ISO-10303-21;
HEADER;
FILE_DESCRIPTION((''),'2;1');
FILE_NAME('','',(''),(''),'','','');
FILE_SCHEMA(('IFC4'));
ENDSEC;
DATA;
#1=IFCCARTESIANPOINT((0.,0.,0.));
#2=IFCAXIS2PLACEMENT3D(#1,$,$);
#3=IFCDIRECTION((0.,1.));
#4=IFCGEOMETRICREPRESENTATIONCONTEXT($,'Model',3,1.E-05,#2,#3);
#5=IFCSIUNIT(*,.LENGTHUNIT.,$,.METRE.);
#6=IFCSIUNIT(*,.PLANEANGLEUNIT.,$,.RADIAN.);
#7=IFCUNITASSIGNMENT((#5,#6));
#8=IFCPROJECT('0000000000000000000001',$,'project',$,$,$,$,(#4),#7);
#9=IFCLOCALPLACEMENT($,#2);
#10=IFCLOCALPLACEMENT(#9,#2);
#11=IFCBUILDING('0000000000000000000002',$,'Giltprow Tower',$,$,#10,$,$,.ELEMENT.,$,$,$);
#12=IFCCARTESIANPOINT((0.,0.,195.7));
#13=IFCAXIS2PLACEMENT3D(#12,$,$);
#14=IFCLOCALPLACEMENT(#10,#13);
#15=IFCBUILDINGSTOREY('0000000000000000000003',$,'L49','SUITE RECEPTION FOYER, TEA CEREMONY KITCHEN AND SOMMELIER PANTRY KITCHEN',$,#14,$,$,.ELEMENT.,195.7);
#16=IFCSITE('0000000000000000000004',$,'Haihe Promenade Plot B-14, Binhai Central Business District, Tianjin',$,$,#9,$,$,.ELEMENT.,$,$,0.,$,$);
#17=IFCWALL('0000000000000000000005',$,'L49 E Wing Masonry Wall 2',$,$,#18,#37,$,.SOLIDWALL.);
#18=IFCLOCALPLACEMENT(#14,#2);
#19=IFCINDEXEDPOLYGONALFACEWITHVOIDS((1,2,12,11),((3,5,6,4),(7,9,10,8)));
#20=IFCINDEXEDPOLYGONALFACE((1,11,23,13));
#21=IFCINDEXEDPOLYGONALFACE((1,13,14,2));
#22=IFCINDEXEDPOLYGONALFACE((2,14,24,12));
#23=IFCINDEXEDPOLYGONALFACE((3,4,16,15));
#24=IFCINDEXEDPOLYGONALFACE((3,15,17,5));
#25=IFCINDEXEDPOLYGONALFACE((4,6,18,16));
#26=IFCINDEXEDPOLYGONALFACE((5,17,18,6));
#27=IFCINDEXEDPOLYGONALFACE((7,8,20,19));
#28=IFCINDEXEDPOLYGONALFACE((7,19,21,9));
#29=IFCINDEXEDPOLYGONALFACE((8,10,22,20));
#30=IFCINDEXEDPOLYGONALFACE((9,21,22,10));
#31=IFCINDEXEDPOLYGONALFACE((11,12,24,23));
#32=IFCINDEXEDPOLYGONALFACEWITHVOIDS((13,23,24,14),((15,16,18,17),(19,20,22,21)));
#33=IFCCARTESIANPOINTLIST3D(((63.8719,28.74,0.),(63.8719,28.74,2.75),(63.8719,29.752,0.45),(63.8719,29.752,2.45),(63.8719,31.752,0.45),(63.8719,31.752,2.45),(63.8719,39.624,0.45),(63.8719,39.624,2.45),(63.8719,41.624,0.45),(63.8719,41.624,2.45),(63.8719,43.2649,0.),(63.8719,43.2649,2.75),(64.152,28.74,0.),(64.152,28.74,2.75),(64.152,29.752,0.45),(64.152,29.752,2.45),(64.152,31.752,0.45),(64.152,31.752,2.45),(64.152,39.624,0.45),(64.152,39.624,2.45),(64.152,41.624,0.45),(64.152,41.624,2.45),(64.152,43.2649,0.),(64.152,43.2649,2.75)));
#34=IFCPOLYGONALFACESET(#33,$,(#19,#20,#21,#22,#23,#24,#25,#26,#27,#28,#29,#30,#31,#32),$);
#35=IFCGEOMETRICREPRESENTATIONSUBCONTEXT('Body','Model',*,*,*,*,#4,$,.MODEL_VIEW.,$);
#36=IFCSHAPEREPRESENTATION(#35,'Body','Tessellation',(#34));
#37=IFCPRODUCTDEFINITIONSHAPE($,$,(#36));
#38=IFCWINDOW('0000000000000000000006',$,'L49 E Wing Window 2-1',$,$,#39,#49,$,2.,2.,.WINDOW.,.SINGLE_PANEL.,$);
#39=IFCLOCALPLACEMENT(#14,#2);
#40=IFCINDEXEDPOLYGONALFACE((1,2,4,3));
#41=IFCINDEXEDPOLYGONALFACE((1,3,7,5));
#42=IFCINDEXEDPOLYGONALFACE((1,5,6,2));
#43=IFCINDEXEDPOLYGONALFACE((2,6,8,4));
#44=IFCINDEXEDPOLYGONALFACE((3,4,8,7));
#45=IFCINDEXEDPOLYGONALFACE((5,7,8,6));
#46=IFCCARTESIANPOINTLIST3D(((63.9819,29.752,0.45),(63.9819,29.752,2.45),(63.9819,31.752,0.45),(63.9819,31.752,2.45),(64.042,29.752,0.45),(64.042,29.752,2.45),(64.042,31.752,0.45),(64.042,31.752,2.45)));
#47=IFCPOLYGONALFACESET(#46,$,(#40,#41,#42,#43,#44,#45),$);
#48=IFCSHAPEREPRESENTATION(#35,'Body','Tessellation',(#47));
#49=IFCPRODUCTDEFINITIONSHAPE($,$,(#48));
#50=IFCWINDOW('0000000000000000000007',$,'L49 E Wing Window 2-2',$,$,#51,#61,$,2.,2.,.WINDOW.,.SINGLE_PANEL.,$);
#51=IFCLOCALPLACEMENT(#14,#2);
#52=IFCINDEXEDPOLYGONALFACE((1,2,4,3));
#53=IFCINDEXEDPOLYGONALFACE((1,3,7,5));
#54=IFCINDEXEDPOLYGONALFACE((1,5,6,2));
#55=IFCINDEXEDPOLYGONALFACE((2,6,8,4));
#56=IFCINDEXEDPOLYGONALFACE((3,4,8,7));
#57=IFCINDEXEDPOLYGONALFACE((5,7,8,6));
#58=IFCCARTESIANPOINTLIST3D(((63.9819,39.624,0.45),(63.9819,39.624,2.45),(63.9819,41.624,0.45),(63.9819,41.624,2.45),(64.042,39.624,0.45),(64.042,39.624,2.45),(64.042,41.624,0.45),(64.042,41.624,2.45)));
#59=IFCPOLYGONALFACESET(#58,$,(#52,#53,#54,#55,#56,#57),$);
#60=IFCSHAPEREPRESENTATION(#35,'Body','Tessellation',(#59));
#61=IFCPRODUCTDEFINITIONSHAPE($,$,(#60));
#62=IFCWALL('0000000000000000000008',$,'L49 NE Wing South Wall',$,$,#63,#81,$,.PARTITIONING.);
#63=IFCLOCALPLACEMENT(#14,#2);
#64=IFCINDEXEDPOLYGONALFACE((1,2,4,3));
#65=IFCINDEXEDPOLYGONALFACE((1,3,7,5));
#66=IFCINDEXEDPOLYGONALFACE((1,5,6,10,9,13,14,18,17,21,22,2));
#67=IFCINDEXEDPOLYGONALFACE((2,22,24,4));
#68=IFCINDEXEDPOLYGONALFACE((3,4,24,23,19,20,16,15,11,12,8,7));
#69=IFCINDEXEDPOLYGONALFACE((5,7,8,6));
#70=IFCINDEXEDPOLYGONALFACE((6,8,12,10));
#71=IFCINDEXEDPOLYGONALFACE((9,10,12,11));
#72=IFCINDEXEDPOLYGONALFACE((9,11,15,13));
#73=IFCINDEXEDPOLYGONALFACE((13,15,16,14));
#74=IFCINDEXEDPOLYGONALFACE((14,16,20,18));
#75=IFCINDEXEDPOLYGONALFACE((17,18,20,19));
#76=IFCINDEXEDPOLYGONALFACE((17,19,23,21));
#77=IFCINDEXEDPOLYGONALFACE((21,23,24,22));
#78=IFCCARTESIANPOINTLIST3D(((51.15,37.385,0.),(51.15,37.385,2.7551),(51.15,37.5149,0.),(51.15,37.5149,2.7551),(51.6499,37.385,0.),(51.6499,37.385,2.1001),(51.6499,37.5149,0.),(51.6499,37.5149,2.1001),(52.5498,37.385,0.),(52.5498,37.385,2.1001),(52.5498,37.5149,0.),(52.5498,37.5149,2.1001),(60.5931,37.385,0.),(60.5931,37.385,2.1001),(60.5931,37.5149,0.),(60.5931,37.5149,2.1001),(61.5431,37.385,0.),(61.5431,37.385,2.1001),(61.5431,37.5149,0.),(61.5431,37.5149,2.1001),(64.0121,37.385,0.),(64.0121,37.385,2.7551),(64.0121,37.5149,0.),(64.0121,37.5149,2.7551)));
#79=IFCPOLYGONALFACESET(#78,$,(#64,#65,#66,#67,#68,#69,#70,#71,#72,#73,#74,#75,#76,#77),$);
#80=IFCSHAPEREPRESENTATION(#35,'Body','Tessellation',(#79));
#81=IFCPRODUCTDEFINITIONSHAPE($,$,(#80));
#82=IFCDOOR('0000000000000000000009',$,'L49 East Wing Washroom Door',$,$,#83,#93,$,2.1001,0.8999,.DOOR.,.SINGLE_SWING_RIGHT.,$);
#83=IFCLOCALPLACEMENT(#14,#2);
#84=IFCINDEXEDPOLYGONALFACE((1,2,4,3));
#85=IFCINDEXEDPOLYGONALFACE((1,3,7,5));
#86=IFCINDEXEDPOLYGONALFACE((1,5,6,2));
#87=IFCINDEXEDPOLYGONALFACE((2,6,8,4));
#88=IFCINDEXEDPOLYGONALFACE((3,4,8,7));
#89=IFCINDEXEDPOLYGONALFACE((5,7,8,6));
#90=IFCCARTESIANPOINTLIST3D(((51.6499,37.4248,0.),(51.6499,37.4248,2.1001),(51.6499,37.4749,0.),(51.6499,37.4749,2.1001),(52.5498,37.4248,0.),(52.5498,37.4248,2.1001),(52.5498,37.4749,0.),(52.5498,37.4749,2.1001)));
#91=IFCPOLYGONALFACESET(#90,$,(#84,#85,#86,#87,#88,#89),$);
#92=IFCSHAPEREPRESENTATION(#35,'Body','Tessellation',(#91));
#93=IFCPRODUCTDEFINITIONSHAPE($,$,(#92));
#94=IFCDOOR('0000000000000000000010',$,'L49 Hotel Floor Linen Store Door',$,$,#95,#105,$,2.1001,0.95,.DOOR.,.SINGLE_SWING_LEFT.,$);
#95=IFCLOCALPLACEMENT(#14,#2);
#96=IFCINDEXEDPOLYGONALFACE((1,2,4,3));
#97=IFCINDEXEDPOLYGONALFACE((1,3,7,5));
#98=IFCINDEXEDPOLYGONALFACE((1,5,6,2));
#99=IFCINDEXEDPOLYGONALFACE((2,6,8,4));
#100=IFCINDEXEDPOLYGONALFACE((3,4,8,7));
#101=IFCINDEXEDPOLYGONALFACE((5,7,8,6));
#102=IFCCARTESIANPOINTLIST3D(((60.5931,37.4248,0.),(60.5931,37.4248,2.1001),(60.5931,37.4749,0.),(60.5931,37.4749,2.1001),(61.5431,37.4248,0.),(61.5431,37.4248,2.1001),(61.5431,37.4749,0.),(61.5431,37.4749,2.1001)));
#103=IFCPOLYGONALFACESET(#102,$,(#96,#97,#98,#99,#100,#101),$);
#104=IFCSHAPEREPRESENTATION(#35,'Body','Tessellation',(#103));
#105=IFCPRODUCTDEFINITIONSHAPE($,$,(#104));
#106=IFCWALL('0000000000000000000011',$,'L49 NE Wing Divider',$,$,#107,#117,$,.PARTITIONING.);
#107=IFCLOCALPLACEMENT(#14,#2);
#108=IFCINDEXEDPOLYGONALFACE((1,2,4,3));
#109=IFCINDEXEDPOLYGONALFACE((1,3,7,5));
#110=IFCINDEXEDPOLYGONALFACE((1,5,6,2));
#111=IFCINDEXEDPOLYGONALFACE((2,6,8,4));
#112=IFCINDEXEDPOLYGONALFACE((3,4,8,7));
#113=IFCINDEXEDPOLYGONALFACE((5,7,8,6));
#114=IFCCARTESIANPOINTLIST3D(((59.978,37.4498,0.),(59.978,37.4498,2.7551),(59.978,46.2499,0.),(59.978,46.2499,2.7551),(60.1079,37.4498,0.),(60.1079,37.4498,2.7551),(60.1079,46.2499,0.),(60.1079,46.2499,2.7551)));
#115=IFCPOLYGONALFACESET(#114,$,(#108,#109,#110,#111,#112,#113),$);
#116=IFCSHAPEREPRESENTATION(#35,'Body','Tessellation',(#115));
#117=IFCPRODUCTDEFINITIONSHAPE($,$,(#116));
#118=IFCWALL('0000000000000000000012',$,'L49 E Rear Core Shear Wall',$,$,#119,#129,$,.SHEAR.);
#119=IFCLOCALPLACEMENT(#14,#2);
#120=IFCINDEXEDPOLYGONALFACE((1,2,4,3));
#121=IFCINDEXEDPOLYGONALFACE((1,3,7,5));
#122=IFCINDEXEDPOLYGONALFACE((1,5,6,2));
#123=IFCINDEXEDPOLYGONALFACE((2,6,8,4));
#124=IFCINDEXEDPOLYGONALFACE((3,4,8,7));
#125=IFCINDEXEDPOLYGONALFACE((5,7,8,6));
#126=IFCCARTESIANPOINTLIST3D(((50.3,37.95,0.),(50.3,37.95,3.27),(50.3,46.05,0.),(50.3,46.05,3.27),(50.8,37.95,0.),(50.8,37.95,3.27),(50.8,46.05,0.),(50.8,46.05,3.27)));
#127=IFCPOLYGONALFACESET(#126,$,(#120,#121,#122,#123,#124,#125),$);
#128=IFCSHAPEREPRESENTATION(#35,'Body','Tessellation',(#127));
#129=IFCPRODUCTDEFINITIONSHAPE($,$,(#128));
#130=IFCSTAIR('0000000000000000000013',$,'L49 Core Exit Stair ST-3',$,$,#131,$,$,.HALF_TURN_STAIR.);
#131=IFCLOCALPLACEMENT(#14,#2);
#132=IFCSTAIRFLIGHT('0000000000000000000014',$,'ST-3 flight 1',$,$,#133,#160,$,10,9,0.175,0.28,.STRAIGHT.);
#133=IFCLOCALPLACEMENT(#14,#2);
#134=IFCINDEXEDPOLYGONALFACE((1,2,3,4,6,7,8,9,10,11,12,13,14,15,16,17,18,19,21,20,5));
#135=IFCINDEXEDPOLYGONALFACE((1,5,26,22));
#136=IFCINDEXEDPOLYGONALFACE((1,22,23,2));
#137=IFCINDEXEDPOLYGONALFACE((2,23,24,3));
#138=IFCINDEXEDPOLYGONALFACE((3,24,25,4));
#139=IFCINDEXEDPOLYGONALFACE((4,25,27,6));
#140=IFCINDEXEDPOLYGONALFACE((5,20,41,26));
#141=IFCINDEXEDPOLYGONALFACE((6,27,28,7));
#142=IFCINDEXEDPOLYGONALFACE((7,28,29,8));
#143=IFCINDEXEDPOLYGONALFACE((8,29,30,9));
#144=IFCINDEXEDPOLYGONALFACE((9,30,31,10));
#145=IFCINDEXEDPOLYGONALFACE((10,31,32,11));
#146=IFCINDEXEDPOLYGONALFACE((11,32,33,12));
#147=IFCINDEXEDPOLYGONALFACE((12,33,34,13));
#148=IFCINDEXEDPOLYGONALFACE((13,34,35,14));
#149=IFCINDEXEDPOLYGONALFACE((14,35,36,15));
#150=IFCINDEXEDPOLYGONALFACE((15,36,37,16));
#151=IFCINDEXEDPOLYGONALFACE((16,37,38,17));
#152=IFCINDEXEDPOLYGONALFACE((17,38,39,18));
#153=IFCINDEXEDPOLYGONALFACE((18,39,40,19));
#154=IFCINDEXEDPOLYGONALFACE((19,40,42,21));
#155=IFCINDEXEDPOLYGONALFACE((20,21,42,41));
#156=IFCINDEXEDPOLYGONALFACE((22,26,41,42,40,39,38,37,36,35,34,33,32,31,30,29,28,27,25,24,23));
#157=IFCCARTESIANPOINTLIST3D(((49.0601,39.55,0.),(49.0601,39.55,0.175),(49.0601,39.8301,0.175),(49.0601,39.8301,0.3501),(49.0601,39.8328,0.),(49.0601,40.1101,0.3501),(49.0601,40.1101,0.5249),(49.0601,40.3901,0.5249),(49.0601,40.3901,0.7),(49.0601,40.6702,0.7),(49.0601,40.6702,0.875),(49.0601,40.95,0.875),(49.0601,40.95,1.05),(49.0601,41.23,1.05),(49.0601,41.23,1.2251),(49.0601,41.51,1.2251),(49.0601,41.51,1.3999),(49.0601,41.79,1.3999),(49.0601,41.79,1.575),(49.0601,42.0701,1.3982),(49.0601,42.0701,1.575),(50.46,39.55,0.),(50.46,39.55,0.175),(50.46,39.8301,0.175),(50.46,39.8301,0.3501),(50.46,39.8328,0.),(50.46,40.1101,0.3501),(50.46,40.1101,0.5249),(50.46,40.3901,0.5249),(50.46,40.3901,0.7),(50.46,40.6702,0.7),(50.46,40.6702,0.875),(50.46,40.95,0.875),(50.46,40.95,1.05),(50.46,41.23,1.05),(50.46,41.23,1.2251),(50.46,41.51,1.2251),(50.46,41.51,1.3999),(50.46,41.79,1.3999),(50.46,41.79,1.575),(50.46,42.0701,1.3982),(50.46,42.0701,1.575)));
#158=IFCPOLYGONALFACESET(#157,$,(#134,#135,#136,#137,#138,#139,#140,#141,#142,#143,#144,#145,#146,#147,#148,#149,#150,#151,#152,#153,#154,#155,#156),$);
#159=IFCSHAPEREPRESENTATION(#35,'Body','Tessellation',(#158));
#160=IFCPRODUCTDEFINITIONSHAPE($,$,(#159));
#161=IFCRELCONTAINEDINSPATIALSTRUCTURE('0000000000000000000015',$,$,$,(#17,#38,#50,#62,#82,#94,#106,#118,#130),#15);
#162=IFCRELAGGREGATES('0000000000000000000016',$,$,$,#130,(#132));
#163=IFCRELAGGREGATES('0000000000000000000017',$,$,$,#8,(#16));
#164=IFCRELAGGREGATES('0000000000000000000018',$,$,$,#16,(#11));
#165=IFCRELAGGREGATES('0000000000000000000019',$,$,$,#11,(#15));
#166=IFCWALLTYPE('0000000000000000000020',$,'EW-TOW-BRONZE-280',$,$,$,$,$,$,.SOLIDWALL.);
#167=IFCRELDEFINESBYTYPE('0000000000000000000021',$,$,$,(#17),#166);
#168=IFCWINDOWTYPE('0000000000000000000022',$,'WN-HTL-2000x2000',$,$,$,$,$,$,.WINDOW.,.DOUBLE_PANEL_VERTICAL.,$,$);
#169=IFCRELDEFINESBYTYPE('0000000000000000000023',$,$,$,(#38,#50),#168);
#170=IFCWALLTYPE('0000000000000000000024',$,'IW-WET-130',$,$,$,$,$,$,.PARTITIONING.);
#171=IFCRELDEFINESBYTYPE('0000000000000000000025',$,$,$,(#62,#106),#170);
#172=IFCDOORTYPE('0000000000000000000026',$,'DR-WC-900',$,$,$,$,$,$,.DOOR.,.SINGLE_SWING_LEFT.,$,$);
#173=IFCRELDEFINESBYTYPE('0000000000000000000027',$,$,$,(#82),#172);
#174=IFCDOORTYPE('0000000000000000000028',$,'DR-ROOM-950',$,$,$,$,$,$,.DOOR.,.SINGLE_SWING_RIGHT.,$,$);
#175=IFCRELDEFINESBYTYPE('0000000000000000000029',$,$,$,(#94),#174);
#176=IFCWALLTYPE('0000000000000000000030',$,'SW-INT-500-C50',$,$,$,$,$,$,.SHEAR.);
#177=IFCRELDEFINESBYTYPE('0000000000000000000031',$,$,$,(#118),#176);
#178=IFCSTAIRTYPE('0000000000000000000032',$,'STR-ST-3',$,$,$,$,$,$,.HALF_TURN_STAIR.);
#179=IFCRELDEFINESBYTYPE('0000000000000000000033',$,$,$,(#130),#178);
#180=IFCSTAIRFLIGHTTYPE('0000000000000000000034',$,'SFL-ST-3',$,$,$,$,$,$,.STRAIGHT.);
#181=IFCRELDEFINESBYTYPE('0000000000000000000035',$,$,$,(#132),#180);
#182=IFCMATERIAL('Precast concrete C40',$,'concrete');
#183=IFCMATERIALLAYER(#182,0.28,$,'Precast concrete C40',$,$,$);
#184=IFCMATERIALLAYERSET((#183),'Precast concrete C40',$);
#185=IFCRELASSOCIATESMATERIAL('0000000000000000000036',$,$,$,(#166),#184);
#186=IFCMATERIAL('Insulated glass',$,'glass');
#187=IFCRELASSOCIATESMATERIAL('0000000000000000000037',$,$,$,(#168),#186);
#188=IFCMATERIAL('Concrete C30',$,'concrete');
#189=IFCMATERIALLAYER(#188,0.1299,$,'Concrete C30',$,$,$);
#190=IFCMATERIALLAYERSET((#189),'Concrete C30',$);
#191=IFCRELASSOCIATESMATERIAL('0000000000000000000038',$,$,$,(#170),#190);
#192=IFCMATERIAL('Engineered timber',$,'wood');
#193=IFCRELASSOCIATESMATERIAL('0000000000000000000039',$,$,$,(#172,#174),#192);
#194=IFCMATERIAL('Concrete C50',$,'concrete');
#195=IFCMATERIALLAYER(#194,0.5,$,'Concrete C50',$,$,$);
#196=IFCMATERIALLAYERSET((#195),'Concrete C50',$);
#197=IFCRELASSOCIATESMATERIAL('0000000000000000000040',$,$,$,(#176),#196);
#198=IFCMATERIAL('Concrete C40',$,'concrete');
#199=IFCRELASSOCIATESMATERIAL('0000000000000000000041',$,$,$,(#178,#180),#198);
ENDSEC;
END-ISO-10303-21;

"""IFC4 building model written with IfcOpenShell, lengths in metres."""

from ifc_helpers import new_model, si_unit, direction, frame, frame_2d, origin, place, context, subcontext, project, spatial, polyline, rectangle, outline, extrude, source, transform, mapped, material, layer, layer_set, type_object, element, fill, aggregate, save


model = new_model("IFC4")

# Units and contexts
model_context = context("Model", 3, precision=1e-05, world=origin(), true_north=direction((0.0, 1.0)))
body_context = subcontext(model_context, "Body", "Model", "MODEL_VIEW")
ifc_project = project(units=[si_unit("LENGTHUNIT", "METRE"), si_unit("PLANEANGLEUNIT", "RADIAN")], contexts=[model_context])

# Site, building, storey
site_placement = place(None, origin())
site = spatial("IfcSite", under=ifc_project, at=site_placement, Name="Haihe Promenade Plot B-14, Binhai Central Business District, Tianjin", CompositionType="ELEMENT", RefElevation=0.0)
building_placement = place(site_placement, origin())
building = spatial("IfcBuilding", under=site, at=building_placement, Name="Giltprow Tower", CompositionType="ELEMENT")
storey_placement = place(building_placement, frame((0.0, 0.0, 195.7)))
storey = spatial("IfcBuildingStorey", under=building, at=storey_placement, Name="L49", Description="SUITE RECEPTION FOYER, TEA CEREMONY KITCHEN AND SOMMELIER PANTRY KITCHEN", CompositionType="ELEMENT", Elevation=195.7)

# Shared definitions
ifc_material_1 = material(Name="Concrete C50", Category="concrete")

# Wall, openings, windows
ifc_material_2 = material(Name="Precast concrete C40", Category="concrete")
ifc_layer_1 = layer(ifc_material_2, 0.28, Name="Precast concrete C40")
ifc_layer_set_1 = layer_set([ifc_layer_1], Name="Precast concrete C40")
wall_type_1 = type_object("IfcWallType", Name="EW-TOW-BRONZE-280", PredefinedType="SOLIDWALL", material=ifc_layer_set_1)
wall_1_placement = place(storey_placement, frame((64.012, 28.74, 0.0), z_axis=(0.0, 0.0, 1.0), x_axis=(0.0, 1.0, 0.0)))
wall_1 = element("IfcWall", 1, at=wall_1_placement, inside=storey, type_object=wall_type_1, Name="L49 E Wing Masonry Wall 2", PredefinedType="SOLIDWALL", context=body_context, shape_type="SweptSolid", body=[
    extrude(rectangle(XDim=14.5249, YDim=0.28, at=frame_2d((7.2625, 0.0))), origin(), (0.0, 0.0, 1.0), 2.75),
])
opening_1_placement = place(wall_1_placement, frame((1.012, 0.0, 0.45)))
opening_1 = element("IfcOpeningElement", 2, at=opening_1_placement, cuts=wall_1, PredefinedType="OPENING", context=body_context, shape_type="SweptSolid", body=[
    extrude(rectangle(XDim=2.0, YDim=2.0, at=frame_2d((1.0, 1.0))), frame((0.0, 0.1499, 0.0), z_axis=(0.0, -1.0, 0.0), x_axis=(1.0, 0.0, 0.0)), (0.0, 0.0, 1.0), 0.3),
])
opening_2_placement = place(wall_1_placement, frame((10.884, 0.0, 0.45)))
opening_2 = element("IfcOpeningElement", 3, at=opening_2_placement, cuts=wall_1, PredefinedType="OPENING", context=body_context, shape_type="SweptSolid", body=[
    extrude(rectangle(XDim=2.0, YDim=2.0, at=frame_2d((1.0, 1.0))), frame((0.0, 0.1499, 0.0), z_axis=(0.0, -1.0, 0.0), x_axis=(1.0, 0.0, 0.0)), (0.0, 0.0, 1.0), 0.3),
])
ifc_material_3 = material(Name="Insulated glass", Category="glass")
window_type = type_object("IfcWindowType", Name="WN-HTL-2000x2000", PartitioningType="DOUBLE_PANEL_VERTICAL", PredefinedType="WINDOW", material=ifc_material_3)
shared_shape_1 = source(origin(), body_context, "Body", "SweptSolid", [
    extrude(rectangle(XDim=2.0, YDim=2.0, at=frame_2d((1.0, 1.0))), frame((0.0, 0.03, 0.0), z_axis=(0.0, -1.0, 0.0), x_axis=(1.0, 0.0, 0.0)), (0.0, 0.0, 1.0), 0.0601),
])
window_1_placement = place(opening_1_placement, origin())
window_1 = element("IfcWindow", 4, at=window_1_placement, inside=storey, type_object=window_type, Name="L49 E Wing Window 2-1", OverallHeight=2.0, OverallWidth=2.0, PartitioningType="SINGLE_PANEL", PredefinedType="WINDOW", context=body_context, shape_type="MappedRepresentation", body=[
    mapped(shared_shape_1, transform((0.0, 0.0, 0.0), x_axis=(1.0, 0.0, 0.0), y_axis=(0.0, 1.0, 0.0), z_axis=(0.0, 0.0, 1.0), scale=1.0)),
])
fill(opening_1, window_1)
window_2_placement = place(opening_2_placement, origin())
window_2 = element("IfcWindow", 5, at=window_2_placement, inside=storey, type_object=window_type, Name="L49 E Wing Window 2-2", OverallHeight=2.0, OverallWidth=2.0, PartitioningType="SINGLE_PANEL", PredefinedType="WINDOW", context=body_context, shape_type="MappedRepresentation", body=[
    mapped(shared_shape_1, transform((0.0, 0.0, 0.0), x_axis=(1.0, 0.0, 0.0), y_axis=(0.0, 1.0, 0.0), z_axis=(0.0, 0.0, 1.0), scale=1.0)),
])
fill(opening_2, window_2)

# Wall, openings, doors
ifc_material_4 = material(Name="Concrete C30", Category="concrete")
ifc_layer_2 = layer(ifc_material_4, 0.1299, Name="Concrete C30")
ifc_layer_set_2 = layer_set([ifc_layer_2], Name="Concrete C30")
wall_type_2 = type_object("IfcWallType", Name="IW-WET-130", PredefinedType="PARTITIONING", material=ifc_layer_set_2)
wall_2_placement = place(storey_placement, frame((51.1499, 37.45, 0.0), z_axis=(0.0, 0.0, 1.0), x_axis=(1.0, 0.0, 0.0)))
wall_2 = element("IfcWall", 6, at=wall_2_placement, inside=storey, type_object=wall_type_2, Name="L49 NE Wing South Wall", PredefinedType="PARTITIONING", context=body_context, shape_type="SweptSolid", body=[
    extrude(rectangle(XDim=12.8621, YDim=0.1299, at=frame_2d((6.4312, 0.0))), origin(), (0.0, 0.0, 1.0), 2.7551),
])
opening_3_placement = place(wall_2_placement, frame((0.5, 0.0, 0.0)))
opening_3 = element("IfcOpeningElement", 7, at=opening_3_placement, cuts=wall_2, PredefinedType="OPENING", context=body_context, shape_type="SweptSolid", body=[
    extrude(rectangle(XDim=0.8999, YDim=2.1001, at=frame_2d((0.45, 1.05))), frame((0.0, 0.075, 0.0), z_axis=(0.0, -1.0, 0.0), x_axis=(1.0, 0.0, 0.0)), (0.0, 0.0, 1.0), 0.1499),
])
opening_4_placement = place(wall_2_placement, frame((9.4431, 0.0, 0.0)))
opening_4 = element("IfcOpeningElement", 8, at=opening_4_placement, cuts=wall_2, PredefinedType="OPENING", context=body_context, shape_type="SweptSolid", body=[
    extrude(rectangle(XDim=0.95, YDim=2.1001, at=frame_2d((0.4751, 1.05))), frame((0.0, 0.075, 0.0), z_axis=(0.0, -1.0, 0.0), x_axis=(1.0, 0.0, 0.0)), (0.0, 0.0, 1.0), 0.1499),
])
ifc_material_5 = material(Name="Engineered timber", Category="wood")
door_type_1 = type_object("IfcDoorType", Name="DR-WC-900", OperationType="SINGLE_SWING_LEFT", PredefinedType="DOOR", material=ifc_material_5)
shared_shape_2 = source(origin(), body_context, "Body", "SweptSolid", [
    extrude(rectangle(XDim=0.8999, YDim=2.1001, at=frame_2d((0.45, 1.05))), frame((0.0, 0.0249, 0.0), z_axis=(0.0, -1.0, 0.0), x_axis=(1.0, 0.0, 0.0)), (0.0, 0.0, 1.0), 0.05),
])
door_1_placement = place(opening_3_placement, origin())
door_1 = element("IfcDoor", 9, at=door_1_placement, inside=storey, type_object=door_type_1, Name="L49 East Wing Washroom Door", OperationType="SINGLE_SWING_RIGHT", OverallHeight=2.1001, OverallWidth=0.8999, PredefinedType="DOOR", context=body_context, shape_type="MappedRepresentation", body=[
    mapped(shared_shape_2, transform((0.0, 0.0, 0.0), x_axis=(1.0, 0.0, 0.0), y_axis=(0.0, 1.0, 0.0), z_axis=(0.0, 0.0, 1.0), scale=1.0)),
])
fill(opening_3, door_1)
door_type_2 = type_object("IfcDoorType", Name="DR-ROOM-950", OperationType="SINGLE_SWING_RIGHT", PredefinedType="DOOR", material=ifc_material_5)
shared_shape_3 = source(origin(), body_context, "Body", "SweptSolid", [
    extrude(rectangle(XDim=0.95, YDim=2.1001, at=frame_2d((0.4751, 1.05))), frame((0.0, 0.0249, 0.0), z_axis=(0.0, -1.0, 0.0), x_axis=(1.0, 0.0, 0.0)), (0.0, 0.0, 1.0), 0.05),
])
door_2_placement = place(opening_4_placement, origin())
door_2 = element("IfcDoor", 10, at=door_2_placement, inside=storey, type_object=door_type_2, Name="L49 Hotel Floor Linen Store Door", OperationType="SINGLE_SWING_LEFT", OverallHeight=2.1001, OverallWidth=0.95, PredefinedType="DOOR", context=body_context, shape_type="MappedRepresentation", body=[
    mapped(shared_shape_3, transform((0.0, 0.0, 0.0), x_axis=(1.0, 0.0, 0.0), y_axis=(0.0, 1.0, 0.0), z_axis=(0.0, 0.0, 1.0), scale=1.0)),
])
fill(opening_4, door_2)

# Walls
wall_3_placement = place(storey_placement, frame((60.043, 37.45, 0.0), z_axis=(0.0, 0.0, 1.0), x_axis=(0.0, 1.0, 0.0)))
element("IfcWall", 11, at=wall_3_placement, inside=storey, type_object=wall_type_2, Name="L49 NE Wing Divider", PredefinedType="PARTITIONING", context=body_context, shape_type="SweptSolid", body=[
    extrude(rectangle(XDim=8.8, YDim=0.1299, at=frame_2d((4.3999, 0.0))), origin(), (0.0, 0.0, 1.0), 2.7551),
])
ifc_layer_3 = layer(ifc_material_1, 0.5, Name="Concrete C50")
ifc_layer_set_3 = layer_set([ifc_layer_3], Name="Concrete C50")
wall_type_3 = type_object("IfcWallType", Name="SW-INT-500-C50", PredefinedType="SHEAR", material=ifc_layer_set_3)
wall_4_placement = place(storey_placement, frame((50.55, 37.95, 0.0), z_axis=(0.0, 0.0, 1.0), x_axis=(0.0, 1.0, 0.0)))
element("IfcWall", 12, at=wall_4_placement, inside=storey, type_object=wall_type_3, Name="L49 E Rear Core Shear Wall", PredefinedType="SHEAR", context=body_context, shape_type="SweptSolid", body=[
    extrude(rectangle(XDim=8.1001, YDim=0.5, at=frame_2d((4.05, 0.0))), origin(), (0.0, 0.0, 1.0), 3.27),
])

# Stair, stair flight
ifc_material_6 = material(Name="Concrete C40", Category="concrete")
stair_type = type_object("IfcStairType", Name="STR-ST-3", PredefinedType="HALF_TURN_STAIR", material=ifc_material_6)
stair_placement = place(storey_placement, origin())
stair = element("IfcStair", 13, at=stair_placement, inside=storey, type_object=stair_type, Name="L49 Core Exit Stair ST-3", PredefinedType="HALF_TURN_STAIR")
stair_flight_type = type_object("IfcStairFlightType", Name="SFL-ST-3", PredefinedType="STRAIGHT", material=ifc_material_6)
stair_flight_placement = place(storey_placement, frame((49.76, 39.55, 0.0), z_axis=(0.0, 0.0, 1.0), x_axis=(0.0, 1.0, 0.0)))
stair_flight = element("IfcStairFlight", 14, at=stair_flight_placement, type_object=stair_flight_type, Name="ST-3 flight 1", NumberOfRisers=10, NumberOfTreads=9, PredefinedType="STRAIGHT", RiserHeight=0.175, TreadLength=0.28, context=body_context, shape_type="SweptSolid", body=[
    extrude(outline(polyline([(0.0, 0.0), (0.0, 0.175), (0.28, 0.175), (0.28, 0.3501), (0.5601, 0.3501), (0.5601, 0.5249), (0.8401, 0.5249), (0.8401, 0.7), (1.1201, 0.7), (1.1201, 0.875), (1.3999, 0.875), (1.3999, 1.05), (1.6799, 1.05), (1.6799, 1.2251), (1.96, 1.2251), (1.96, 1.3999), (2.24, 1.3999), (2.24, 1.575), (2.52, 1.575), (2.52, 1.75), (2.52, 1.3982), (0.2827, 0.0), (0.0, 0.0)])), frame((0.0, 0.7, 0.0), z_axis=(0.0, -1.0, 0.0), x_axis=(1.0, 0.0, 0.0)), (0.0, 0.0, 1.0), 1.3999),
])
aggregate(stair, [stair_flight])

save(model, "model.ifc")
